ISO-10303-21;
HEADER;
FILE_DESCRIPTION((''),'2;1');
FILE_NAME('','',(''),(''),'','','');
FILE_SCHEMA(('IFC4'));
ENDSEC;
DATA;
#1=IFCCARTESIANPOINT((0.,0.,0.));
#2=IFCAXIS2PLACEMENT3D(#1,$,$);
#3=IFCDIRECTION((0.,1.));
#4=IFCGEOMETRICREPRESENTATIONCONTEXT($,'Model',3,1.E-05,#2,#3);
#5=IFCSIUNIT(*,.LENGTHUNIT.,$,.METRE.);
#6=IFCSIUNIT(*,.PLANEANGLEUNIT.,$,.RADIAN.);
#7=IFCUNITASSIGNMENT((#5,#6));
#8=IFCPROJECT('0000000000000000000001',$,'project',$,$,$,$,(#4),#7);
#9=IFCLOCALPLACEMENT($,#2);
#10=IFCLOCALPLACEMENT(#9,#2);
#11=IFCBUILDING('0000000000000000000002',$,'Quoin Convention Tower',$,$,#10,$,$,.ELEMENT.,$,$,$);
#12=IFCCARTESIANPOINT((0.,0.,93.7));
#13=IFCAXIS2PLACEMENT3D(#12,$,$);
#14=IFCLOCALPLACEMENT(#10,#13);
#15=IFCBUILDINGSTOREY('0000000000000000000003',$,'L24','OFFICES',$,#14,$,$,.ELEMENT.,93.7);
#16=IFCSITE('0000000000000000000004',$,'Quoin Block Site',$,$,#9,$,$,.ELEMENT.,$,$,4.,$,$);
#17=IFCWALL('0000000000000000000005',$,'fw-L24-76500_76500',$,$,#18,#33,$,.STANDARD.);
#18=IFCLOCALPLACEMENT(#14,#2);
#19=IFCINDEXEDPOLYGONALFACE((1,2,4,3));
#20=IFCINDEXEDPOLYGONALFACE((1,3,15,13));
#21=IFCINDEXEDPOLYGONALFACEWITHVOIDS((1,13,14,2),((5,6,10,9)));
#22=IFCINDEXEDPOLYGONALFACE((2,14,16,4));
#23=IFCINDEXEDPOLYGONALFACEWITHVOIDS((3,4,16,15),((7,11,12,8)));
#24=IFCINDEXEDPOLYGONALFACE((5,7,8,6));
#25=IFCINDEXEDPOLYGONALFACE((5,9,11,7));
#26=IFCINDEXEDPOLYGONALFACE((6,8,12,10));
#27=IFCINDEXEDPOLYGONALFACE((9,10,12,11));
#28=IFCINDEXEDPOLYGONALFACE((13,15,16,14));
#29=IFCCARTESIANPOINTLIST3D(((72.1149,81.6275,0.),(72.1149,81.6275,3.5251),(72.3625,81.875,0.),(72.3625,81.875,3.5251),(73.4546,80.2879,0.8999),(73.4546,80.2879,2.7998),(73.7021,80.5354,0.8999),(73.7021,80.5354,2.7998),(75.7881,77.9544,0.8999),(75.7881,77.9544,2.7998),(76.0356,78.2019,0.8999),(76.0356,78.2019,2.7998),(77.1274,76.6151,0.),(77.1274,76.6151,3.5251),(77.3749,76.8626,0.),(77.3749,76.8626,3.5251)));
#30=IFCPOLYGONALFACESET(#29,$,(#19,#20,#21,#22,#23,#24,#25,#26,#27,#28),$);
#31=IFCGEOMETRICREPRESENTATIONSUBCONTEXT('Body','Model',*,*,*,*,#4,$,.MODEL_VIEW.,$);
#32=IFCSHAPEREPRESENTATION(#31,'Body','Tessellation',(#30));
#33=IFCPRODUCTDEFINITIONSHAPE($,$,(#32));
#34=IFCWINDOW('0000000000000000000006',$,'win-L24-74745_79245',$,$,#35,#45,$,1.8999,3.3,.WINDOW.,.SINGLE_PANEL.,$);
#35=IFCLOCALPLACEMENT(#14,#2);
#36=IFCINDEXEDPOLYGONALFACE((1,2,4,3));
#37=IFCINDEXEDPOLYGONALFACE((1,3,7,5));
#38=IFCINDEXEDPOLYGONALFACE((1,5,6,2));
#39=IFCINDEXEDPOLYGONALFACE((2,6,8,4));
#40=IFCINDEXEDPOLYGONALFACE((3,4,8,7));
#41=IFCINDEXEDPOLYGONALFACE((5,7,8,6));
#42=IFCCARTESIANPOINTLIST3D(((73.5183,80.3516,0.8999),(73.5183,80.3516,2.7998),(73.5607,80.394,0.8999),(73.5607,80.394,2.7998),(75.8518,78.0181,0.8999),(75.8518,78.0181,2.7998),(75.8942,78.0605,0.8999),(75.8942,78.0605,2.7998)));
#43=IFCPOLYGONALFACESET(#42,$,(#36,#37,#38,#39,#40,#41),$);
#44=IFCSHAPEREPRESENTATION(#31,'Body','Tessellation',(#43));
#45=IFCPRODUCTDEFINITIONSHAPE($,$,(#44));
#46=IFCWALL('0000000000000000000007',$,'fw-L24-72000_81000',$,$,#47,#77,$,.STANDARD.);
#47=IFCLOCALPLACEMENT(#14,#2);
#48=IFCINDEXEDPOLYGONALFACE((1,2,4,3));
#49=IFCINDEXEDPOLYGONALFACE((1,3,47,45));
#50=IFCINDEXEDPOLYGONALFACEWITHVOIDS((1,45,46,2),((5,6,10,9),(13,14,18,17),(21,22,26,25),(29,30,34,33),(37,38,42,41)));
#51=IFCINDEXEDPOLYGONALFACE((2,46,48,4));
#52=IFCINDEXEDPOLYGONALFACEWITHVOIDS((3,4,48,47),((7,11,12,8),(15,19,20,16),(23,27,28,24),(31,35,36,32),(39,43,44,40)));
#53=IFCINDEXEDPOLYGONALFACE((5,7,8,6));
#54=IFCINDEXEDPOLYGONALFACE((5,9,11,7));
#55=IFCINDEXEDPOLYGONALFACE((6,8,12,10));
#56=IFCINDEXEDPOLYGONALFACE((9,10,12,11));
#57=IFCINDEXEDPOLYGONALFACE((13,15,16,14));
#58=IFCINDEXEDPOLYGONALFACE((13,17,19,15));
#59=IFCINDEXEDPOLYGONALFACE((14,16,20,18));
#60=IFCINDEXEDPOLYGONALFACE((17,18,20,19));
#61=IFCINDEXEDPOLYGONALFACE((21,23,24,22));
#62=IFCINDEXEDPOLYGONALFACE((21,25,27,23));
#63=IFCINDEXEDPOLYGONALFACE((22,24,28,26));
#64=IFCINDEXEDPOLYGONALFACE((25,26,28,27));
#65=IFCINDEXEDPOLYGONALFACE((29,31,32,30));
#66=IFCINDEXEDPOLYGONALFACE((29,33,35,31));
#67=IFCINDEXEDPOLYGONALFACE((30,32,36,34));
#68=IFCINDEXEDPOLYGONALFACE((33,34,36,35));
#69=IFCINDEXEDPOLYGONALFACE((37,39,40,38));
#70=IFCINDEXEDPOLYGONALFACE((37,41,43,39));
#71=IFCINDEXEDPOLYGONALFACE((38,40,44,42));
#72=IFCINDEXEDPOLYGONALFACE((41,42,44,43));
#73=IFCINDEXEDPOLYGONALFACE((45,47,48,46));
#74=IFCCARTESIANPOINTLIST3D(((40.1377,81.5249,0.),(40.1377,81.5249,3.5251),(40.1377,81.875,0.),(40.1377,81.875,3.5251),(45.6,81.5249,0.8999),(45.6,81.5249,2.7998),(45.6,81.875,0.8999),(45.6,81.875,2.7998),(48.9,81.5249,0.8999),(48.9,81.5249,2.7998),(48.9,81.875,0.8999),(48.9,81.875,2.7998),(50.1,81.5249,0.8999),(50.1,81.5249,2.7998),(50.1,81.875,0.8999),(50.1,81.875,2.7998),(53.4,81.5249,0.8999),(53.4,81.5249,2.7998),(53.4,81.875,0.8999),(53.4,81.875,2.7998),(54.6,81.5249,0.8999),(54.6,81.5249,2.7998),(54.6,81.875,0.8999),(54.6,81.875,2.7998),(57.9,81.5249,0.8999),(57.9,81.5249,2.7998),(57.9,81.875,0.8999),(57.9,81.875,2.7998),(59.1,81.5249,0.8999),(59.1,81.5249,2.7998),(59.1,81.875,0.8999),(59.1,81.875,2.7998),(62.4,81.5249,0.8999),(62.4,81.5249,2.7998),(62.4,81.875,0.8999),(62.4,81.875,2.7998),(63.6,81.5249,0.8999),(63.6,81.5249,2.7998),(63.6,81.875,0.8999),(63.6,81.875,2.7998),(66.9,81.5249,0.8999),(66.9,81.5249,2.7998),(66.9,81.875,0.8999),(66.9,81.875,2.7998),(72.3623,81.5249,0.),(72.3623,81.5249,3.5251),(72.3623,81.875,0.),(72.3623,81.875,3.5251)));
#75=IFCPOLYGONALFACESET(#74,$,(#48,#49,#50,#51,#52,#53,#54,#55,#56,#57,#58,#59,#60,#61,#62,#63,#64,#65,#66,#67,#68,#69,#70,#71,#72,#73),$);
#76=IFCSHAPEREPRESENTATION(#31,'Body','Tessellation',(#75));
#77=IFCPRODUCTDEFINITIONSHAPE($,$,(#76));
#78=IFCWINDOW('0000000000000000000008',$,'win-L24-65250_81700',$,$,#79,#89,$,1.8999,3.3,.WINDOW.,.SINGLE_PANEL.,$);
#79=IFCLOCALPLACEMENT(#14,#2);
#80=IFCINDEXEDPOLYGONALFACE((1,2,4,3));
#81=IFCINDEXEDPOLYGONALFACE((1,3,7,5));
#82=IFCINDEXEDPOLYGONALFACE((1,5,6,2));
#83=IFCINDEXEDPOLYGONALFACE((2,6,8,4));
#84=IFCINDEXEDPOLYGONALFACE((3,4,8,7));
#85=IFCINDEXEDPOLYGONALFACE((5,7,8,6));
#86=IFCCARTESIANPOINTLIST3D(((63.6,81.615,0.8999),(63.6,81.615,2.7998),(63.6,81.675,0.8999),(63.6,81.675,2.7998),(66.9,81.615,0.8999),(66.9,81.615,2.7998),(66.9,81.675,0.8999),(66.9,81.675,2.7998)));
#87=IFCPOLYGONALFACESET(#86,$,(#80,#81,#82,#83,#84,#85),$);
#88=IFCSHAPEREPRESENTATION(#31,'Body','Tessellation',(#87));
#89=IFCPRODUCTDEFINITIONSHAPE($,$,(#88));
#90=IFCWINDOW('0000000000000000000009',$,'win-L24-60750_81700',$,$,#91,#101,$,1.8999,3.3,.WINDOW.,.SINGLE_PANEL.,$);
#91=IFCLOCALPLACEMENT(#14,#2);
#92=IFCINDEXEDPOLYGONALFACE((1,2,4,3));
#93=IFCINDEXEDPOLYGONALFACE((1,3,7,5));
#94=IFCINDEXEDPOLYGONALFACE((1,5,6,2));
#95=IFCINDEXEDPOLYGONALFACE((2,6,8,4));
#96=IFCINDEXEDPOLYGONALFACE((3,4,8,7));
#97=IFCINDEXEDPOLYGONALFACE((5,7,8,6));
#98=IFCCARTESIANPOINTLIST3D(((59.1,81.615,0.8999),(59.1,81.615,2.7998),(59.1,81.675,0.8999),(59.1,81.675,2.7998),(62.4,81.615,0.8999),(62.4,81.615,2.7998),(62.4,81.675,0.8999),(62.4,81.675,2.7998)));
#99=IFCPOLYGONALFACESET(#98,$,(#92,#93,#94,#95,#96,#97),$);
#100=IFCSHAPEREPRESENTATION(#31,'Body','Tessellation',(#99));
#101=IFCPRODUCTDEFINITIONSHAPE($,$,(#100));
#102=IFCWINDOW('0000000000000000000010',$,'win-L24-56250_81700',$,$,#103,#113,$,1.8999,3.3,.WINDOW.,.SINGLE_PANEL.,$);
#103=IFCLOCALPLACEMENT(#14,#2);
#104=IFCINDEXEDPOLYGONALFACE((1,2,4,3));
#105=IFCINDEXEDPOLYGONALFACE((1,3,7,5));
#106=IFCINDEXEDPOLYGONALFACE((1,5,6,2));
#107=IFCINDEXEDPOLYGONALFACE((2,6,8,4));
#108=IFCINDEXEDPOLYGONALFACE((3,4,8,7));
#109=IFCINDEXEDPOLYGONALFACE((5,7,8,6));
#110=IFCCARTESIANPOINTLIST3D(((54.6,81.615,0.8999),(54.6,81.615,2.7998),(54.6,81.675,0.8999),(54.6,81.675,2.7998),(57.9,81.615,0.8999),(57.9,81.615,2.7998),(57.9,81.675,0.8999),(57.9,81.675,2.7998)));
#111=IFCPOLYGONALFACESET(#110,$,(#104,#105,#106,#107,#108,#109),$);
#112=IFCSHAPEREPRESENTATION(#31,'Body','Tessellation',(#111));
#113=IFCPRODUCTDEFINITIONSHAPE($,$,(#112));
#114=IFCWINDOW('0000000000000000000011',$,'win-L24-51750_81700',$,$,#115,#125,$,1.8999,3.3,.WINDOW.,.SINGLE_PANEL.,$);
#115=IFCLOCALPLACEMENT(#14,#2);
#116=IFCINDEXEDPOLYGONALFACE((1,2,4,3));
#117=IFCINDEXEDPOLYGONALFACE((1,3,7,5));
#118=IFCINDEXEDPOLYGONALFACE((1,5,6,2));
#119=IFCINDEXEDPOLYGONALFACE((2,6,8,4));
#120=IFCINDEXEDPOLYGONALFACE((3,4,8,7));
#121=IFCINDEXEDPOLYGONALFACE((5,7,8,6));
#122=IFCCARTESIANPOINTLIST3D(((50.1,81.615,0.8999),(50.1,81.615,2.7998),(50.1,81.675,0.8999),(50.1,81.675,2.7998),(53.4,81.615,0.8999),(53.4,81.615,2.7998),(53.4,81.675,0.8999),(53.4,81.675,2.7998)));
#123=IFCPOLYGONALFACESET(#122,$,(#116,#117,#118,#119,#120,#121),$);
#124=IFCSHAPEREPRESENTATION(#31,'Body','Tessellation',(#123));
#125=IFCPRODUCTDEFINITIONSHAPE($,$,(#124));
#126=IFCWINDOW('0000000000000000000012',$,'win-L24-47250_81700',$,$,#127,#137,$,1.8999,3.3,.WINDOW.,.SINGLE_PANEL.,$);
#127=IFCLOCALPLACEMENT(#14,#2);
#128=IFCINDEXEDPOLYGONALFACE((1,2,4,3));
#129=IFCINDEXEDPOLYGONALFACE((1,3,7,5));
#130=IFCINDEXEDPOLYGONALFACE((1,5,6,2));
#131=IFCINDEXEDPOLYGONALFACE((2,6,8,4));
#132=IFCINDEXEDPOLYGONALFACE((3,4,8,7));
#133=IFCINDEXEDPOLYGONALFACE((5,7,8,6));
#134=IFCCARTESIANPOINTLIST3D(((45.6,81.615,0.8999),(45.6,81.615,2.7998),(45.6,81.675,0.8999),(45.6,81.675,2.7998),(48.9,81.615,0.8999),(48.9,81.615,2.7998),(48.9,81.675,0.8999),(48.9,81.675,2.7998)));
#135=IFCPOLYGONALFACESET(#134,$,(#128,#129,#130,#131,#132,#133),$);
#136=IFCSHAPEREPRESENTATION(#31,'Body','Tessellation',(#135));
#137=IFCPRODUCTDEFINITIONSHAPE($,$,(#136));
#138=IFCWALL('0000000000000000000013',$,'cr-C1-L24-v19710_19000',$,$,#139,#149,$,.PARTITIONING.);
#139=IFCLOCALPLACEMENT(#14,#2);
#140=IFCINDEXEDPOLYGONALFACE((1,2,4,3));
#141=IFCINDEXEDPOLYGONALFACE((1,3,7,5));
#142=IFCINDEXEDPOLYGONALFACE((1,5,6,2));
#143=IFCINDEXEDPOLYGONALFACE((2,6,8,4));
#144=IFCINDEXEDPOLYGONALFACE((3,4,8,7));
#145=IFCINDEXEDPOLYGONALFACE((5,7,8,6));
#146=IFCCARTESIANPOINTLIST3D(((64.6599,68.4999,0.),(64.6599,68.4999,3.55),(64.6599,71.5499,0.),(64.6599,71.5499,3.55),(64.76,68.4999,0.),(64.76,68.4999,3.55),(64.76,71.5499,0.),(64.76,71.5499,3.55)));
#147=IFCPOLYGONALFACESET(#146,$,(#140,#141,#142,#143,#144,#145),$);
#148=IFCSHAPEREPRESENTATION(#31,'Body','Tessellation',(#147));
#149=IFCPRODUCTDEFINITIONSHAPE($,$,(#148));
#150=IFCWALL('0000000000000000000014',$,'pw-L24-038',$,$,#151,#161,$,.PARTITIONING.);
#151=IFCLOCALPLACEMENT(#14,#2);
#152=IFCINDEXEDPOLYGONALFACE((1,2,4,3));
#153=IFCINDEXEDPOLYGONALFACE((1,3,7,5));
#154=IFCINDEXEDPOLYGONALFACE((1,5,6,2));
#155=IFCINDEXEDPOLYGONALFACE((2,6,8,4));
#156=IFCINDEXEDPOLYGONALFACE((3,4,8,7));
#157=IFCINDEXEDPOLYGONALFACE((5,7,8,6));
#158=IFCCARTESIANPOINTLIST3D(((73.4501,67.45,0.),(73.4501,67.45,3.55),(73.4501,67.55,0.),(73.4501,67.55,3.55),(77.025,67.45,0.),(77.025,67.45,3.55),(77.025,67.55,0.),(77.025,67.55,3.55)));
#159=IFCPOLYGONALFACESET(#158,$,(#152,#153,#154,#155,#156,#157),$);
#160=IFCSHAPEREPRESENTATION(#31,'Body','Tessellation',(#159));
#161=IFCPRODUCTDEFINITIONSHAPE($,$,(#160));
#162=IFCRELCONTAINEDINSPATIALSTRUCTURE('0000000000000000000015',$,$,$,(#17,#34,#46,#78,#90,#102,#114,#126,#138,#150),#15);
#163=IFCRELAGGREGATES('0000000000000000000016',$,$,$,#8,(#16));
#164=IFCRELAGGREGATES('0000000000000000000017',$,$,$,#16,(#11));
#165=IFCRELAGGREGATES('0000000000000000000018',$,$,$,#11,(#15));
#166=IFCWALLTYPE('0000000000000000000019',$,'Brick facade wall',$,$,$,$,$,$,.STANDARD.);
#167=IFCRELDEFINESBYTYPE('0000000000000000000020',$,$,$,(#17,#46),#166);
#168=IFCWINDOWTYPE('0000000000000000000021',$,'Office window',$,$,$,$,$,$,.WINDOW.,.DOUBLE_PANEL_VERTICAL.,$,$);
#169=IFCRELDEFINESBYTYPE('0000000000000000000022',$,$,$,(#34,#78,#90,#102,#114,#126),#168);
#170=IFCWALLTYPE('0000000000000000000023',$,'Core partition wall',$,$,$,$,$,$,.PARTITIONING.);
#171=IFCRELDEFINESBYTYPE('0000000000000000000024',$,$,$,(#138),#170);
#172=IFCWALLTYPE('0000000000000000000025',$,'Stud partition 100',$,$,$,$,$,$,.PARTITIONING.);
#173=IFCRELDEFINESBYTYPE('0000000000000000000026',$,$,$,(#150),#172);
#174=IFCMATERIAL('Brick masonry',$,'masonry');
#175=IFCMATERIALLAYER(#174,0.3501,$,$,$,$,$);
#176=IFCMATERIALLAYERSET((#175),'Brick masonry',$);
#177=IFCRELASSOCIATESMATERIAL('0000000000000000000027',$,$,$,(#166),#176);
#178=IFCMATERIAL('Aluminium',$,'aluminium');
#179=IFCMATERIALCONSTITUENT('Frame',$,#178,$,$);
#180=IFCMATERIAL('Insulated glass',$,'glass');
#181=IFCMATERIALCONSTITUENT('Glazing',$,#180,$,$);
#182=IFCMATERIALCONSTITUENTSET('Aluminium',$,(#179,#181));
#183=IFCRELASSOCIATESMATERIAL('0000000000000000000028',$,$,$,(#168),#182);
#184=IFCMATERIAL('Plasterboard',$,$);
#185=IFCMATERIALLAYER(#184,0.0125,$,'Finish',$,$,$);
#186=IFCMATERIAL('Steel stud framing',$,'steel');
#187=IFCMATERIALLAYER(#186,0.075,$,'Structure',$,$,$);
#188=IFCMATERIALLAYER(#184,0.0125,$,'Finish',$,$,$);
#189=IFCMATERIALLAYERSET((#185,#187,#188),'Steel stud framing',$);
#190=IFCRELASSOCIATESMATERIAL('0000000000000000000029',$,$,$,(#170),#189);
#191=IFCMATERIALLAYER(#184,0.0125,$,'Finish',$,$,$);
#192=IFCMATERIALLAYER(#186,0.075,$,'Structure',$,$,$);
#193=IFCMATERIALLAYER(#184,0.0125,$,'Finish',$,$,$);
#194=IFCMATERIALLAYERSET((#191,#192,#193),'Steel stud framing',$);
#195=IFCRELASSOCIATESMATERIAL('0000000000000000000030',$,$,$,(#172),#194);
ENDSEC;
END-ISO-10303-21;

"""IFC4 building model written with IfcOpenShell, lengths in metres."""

from ifc_helpers import new_model, si_unit, direction, frame, frame_2d, origin, place, context, subcontext, project, spatial, rectangle, extrude, material, layer, layer_set, constituent, constituent_set, type_object, element, fill, save


model = new_model("IFC4")

# Units and contexts
model_context = context("Model", 3, precision=1e-05, world=origin(), true_north=direction((0.0, 1.0)))
body_context = subcontext(model_context, "Body", "Model", "MODEL_VIEW")
ifc_project = project(units=[si_unit("LENGTHUNIT", "METRE"), si_unit("PLANEANGLEUNIT", "RADIAN")], contexts=[model_context])

# Site, building, storey
site_placement = place(None, origin())
site = spatial("IfcSite", under=ifc_project, at=site_placement, Name="Quoin Block Site", CompositionType="ELEMENT", RefElevation=4.0)
building_placement = place(site_placement, origin())
building = spatial("IfcBuilding", under=site, at=building_placement, Name="Quoin Convention Tower", CompositionType="ELEMENT")
storey_placement = place(building_placement, frame((0.0, 0.0, 93.7)))
storey = spatial("IfcBuildingStorey", under=building, at=storey_placement, Name="L24", Description="OFFICES", CompositionType="ELEMENT", Elevation=93.7)

# Shared definitions
ifc_material_1 = material(Name="Plasterboard")
ifc_material_2 = material(Name="Steel stud framing", Category="steel")

# Wall, opening, window
ifc_material_3 = material(Name="Brick masonry", Category="masonry")
ifc_layer_1 = layer(ifc_material_3, 0.3501)
ifc_layer_set_1 = layer_set([ifc_layer_1], Name="Brick masonry")
wall_type_1 = type_object("IfcWallType", Name="Brick facade wall", PredefinedType="STANDARD", material=ifc_layer_set_1)
wall_1_placement = place(storey_placement, frame((77.2512, 76.7388, 0.0), z_axis=(0.0, 0.0, 1.0), x_axis=(-0.707107, 0.707107, 0.0)))
wall_1 = element("IfcWall", 1, at=wall_1_placement, inside=storey, type_object=wall_type_1, Name="fw-L24-76500_76500", PredefinedType="STANDARD", context=body_context, shape_type="SweptSolid", body=[
    extrude(rectangle(XDim=7.0886, YDim=0.3501, at=frame_2d((3.5444, 0.0))), origin(), (0.0, 0.0, 1.0), 3.5251),
])
opening_1_placement = place(wall_1_placement, frame((1.8943, 0.0, 0.8999)))
opening_1 = element("IfcOpeningElement", 2, at=opening_1_placement, cuts=wall_1, PredefinedType="OPENING", context=body_context, shape_type="SweptSolid", body=[
    extrude(rectangle(XDim=3.3, YDim=1.8999, at=frame_2d((1.6499, 0.95))), frame((0.0, 0.1851, 0.0), z_axis=(0.0, -1.0, 0.0), x_axis=(1.0, 0.0, 0.0)), (0.0, 0.0, 1.0), 0.3701),
])
ifc_material_4 = material(Name="Aluminium", Category="aluminium")
ifc_constituent_1 = constituent(ifc_material_4, Name="Frame")
ifc_material_5 = material(Name="Insulated glass", Category="glass")
ifc_constituent_2 = constituent(ifc_material_5, Name="Glazing")
ifc_constituent_set = constituent_set(constituents=[ifc_constituent_1, ifc_constituent_2], Name="Aluminium")
window_type = type_object("IfcWindowType", Name="Office window", PartitioningType="DOUBLE_PANEL_VERTICAL", PredefinedType="WINDOW", material=ifc_constituent_set)
window_1_placement = place(opening_1_placement, origin())
window_1 = element("IfcWindow", 3, at=window_1_placement, inside=storey, type_object=window_type, Name="win-L24-74745_79245", OverallHeight=1.8999, OverallWidth=3.3, PartitioningType="SINGLE_PANEL", PredefinedType="WINDOW", context=body_context, shape_type="SweptSolid", body=[
    extrude(rectangle(XDim=3.3, YDim=1.8999, at=frame_2d((1.6499, 0.95))), frame((0.0, 0.085, 0.0), z_axis=(0.0, -1.0, 0.0), x_axis=(1.0, 0.0, 0.0)), (0.0, 0.0, 1.0), 0.0601),
])
fill(opening_1, window_1)

# Wall, openings, windows
wall_2_placement = place(storey_placement, frame((72.3623, 81.7, 0.0), z_axis=(0.0, 0.0, 1.0), x_axis=(-1.0, 0.0, 0.0)))
wall_2 = element("IfcWall", 4, at=wall_2_placement, inside=storey, type_object=wall_type_1, Name="fw-L24-72000_81000", PredefinedType="STANDARD", context=body_context, shape_type="SweptSolid", body=[
    extrude(rectangle(XDim=32.2246, YDim=0.3501, at=frame_2d((16.1123, 0.0))), origin(), (0.0, 0.0, 1.0), 3.5251),
])
opening_2_placement = place(wall_2_placement, frame((5.4624, 0.0, 0.8999)))
opening_2 = element("IfcOpeningElement", 5, at=opening_2_placement, cuts=wall_2, PredefinedType="OPENING", context=body_context, shape_type="SweptSolid", body=[
    extrude(rectangle(XDim=3.3, YDim=1.8999, at=frame_2d((1.6499, 0.95))), frame((0.0, 0.1851, 0.0), z_axis=(0.0, -1.0, 0.0), x_axis=(1.0, 0.0, 0.0)), (0.0, 0.0, 1.0), 0.3701),
])
opening_3_placement = place(wall_2_placement, frame((9.9624, 0.0, 0.8999)))
opening_3 = element("IfcOpeningElement", 6, at=opening_3_placement, cuts=wall_2, PredefinedType="OPENING", context=body_context, shape_type="SweptSolid", body=[
    extrude(rectangle(XDim=3.3, YDim=1.8999, at=frame_2d((1.6499, 0.95))), frame((0.0, 0.1851, 0.0), z_axis=(0.0, -1.0, 0.0), x_axis=(1.0, 0.0, 0.0)), (0.0, 0.0, 1.0), 0.3701),
])
opening_4_placement = place(wall_2_placement, frame((14.4624, 0.0, 0.8999)))
opening_4 = element("IfcOpeningElement", 7, at=opening_4_placement, cuts=wall_2, PredefinedType="OPENING", context=body_context, shape_type="SweptSolid", body=[
    extrude(rectangle(XDim=3.3, YDim=1.8999, at=frame_2d((1.6499, 0.95))), frame((0.0, 0.1851, 0.0), z_axis=(0.0, -1.0, 0.0), x_axis=(1.0, 0.0, 0.0)), (0.0, 0.0, 1.0), 0.3701),
])
opening_5_placement = place(wall_2_placement, frame((18.9624, 0.0, 0.8999)))
opening_5 = element("IfcOpeningElement", 8, at=opening_5_placement, cuts=wall_2, PredefinedType="OPENING", context=body_context, shape_type="SweptSolid", body=[
    extrude(rectangle(XDim=3.3, YDim=1.8999, at=frame_2d((1.6499, 0.95))), frame((0.0, 0.1851, 0.0), z_axis=(0.0, -1.0, 0.0), x_axis=(1.0, 0.0, 0.0)), (0.0, 0.0, 1.0), 0.3701),
])
opening_6_placement = place(wall_2_placement, frame((23.4624, 0.0, 0.8999)))
opening_6 = element("IfcOpeningElement", 9, at=opening_6_placement, cuts=wall_2, PredefinedType="OPENING", context=body_context, shape_type="SweptSolid", body=[
    extrude(rectangle(XDim=3.3, YDim=1.8999, at=frame_2d((1.6499, 0.95))), frame((0.0, 0.1851, 0.0), z_axis=(0.0, -1.0, 0.0), x_axis=(1.0, 0.0, 0.0)), (0.0, 0.0, 1.0), 0.3701),
])
window_2_placement = place(opening_2_placement, origin())
window_2 = element("IfcWindow", 10, at=window_2_placement, inside=storey, type_object=window_type, Name="win-L24-65250_81700", OverallHeight=1.8999, OverallWidth=3.3, PartitioningType="SINGLE_PANEL", PredefinedType="WINDOW", context=body_context, shape_type="SweptSolid", body=[
    extrude(rectangle(XDim=3.3, YDim=1.8999, at=frame_2d((1.6499, 0.95))), frame((0.0, 0.085, 0.0), z_axis=(0.0, -1.0, 0.0), x_axis=(1.0, 0.0, 0.0)), (0.0, 0.0, 1.0), 0.0601),
])
fill(opening_2, window_2)
window_3_placement = place(opening_3_placement, origin())
window_3 = element("IfcWindow", 11, at=window_3_placement, inside=storey, type_object=window_type, Name="win-L24-60750_81700", OverallHeight=1.8999, OverallWidth=3.3, PartitioningType="SINGLE_PANEL", PredefinedType="WINDOW", context=body_context, shape_type="SweptSolid", body=[
    extrude(rectangle(XDim=3.3, YDim=1.8999, at=frame_2d((1.6499, 0.95))), frame((0.0, 0.085, 0.0), z_axis=(0.0, -1.0, 0.0), x_axis=(1.0, 0.0, 0.0)), (0.0, 0.0, 1.0), 0.0601),
])
fill(opening_3, window_3)
window_4_placement = place(opening_4_placement, origin())
window_4 = element("IfcWindow", 12, at=window_4_placement, inside=storey, type_object=window_type, Name="win-L24-56250_81700", OverallHeight=1.8999, OverallWidth=3.3, PartitioningType="SINGLE_PANEL", PredefinedType="WINDOW", context=body_context, shape_type="SweptSolid", body=[
    extrude(rectangle(XDim=3.3, YDim=1.8999, at=frame_2d((1.6499, 0.95))), frame((0.0, 0.085, 0.0), z_axis=(0.0, -1.0, 0.0), x_axis=(1.0, 0.0, 0.0)), (0.0, 0.0, 1.0), 0.0601),
])
fill(opening_4, window_4)
window_5_placement = place(opening_5_placement, origin())
window_5 = element("IfcWindow", 13, at=window_5_placement, inside=storey, type_object=window_type, Name="win-L24-51750_81700", OverallHeight=1.8999, OverallWidth=3.3, PartitioningType="SINGLE_PANEL", PredefinedType="WINDOW", context=body_context, shape_type="SweptSolid", body=[
    extrude(rectangle(XDim=3.3, YDim=1.8999, at=frame_2d((1.6499, 0.95))), frame((0.0, 0.085, 0.0), z_axis=(0.0, -1.0, 0.0), x_axis=(1.0, 0.0, 0.0)), (0.0, 0.0, 1.0), 0.0601),
])
fill(opening_5, window_5)
window_6_placement = place(opening_6_placement, origin())
window_6 = element("IfcWindow", 14, at=window_6_placement, inside=storey, type_object=window_type, Name="win-L24-47250_81700", OverallHeight=1.8999, OverallWidth=3.3, PartitioningType="SINGLE_PANEL", PredefinedType="WINDOW", context=body_context, shape_type="SweptSolid", body=[
    extrude(rectangle(XDim=3.3, YDim=1.8999, at=frame_2d((1.6499, 0.95))), frame((0.0, 0.085, 0.0), z_axis=(0.0, -1.0, 0.0), x_axis=(1.0, 0.0, 0.0)), (0.0, 0.0, 1.0), 0.0601),
])
fill(opening_6, window_6)

# Walls
ifc_layer_2 = layer(ifc_material_1, 0.0125, Name="Finish")
ifc_layer_3 = layer(ifc_material_2, 0.075, Name="Structure")
ifc_layer_4 = layer(ifc_material_1, 0.0125, Name="Finish")
ifc_layer_set_2 = layer_set([ifc_layer_2, ifc_layer_3, ifc_layer_4], Name="Steel stud framing")
wall_type_2 = type_object("IfcWallType", Name="Core partition wall", PredefinedType="PARTITIONING", material=ifc_layer_set_2)
wall_3_placement = place(storey_placement, frame((64.71, 68.5, 0.0), z_axis=(0.0, 0.0, 1.0), x_axis=(0.0, 1.0, 0.0)))
element("IfcWall", 15, at=wall_3_placement, inside=storey, type_object=wall_type_2, Name="cr-C1-L24-v19710_19000", PredefinedType="PARTITIONING", context=body_context, shape_type="SweptSolid", body=[
    extrude(rectangle(XDim=3.05, YDim=0.1001, at=frame_2d((1.5249, 0.0))), origin(), (0.0, 0.0, 1.0), 3.55),
])
ifc_layer_5 = layer(ifc_material_1, 0.0125, Name="Finish")
ifc_layer_6 = layer(ifc_material_2, 0.075, Name="Structure")
ifc_layer_7 = layer(ifc_material_1, 0.0125, Name="Finish")
ifc_layer_set_3 = layer_set([ifc_layer_5, ifc_layer_6, ifc_layer_7], Name="Steel stud framing")
wall_type_3 = type_object("IfcWallType", Name="Stud partition 100", PredefinedType="PARTITIONING", material=ifc_layer_set_3)
wall_4_placement = place(storey_placement, frame((73.45, 67.5, 0.0), z_axis=(0.0, 0.0, 1.0), x_axis=(1.0, 0.0, 0.0)))
element("IfcWall", 16, at=wall_4_placement, inside=storey, type_object=wall_type_3, Name="pw-L24-038", PredefinedType="PARTITIONING", context=body_context, shape_type="SweptSolid", body=[
    extrude(rectangle(XDim=3.575, YDim=0.1001, at=frame_2d((1.7876, 0.0))), origin(), (0.0, 0.0, 1.0), 3.55),
])

save(model, "model.ifc")
